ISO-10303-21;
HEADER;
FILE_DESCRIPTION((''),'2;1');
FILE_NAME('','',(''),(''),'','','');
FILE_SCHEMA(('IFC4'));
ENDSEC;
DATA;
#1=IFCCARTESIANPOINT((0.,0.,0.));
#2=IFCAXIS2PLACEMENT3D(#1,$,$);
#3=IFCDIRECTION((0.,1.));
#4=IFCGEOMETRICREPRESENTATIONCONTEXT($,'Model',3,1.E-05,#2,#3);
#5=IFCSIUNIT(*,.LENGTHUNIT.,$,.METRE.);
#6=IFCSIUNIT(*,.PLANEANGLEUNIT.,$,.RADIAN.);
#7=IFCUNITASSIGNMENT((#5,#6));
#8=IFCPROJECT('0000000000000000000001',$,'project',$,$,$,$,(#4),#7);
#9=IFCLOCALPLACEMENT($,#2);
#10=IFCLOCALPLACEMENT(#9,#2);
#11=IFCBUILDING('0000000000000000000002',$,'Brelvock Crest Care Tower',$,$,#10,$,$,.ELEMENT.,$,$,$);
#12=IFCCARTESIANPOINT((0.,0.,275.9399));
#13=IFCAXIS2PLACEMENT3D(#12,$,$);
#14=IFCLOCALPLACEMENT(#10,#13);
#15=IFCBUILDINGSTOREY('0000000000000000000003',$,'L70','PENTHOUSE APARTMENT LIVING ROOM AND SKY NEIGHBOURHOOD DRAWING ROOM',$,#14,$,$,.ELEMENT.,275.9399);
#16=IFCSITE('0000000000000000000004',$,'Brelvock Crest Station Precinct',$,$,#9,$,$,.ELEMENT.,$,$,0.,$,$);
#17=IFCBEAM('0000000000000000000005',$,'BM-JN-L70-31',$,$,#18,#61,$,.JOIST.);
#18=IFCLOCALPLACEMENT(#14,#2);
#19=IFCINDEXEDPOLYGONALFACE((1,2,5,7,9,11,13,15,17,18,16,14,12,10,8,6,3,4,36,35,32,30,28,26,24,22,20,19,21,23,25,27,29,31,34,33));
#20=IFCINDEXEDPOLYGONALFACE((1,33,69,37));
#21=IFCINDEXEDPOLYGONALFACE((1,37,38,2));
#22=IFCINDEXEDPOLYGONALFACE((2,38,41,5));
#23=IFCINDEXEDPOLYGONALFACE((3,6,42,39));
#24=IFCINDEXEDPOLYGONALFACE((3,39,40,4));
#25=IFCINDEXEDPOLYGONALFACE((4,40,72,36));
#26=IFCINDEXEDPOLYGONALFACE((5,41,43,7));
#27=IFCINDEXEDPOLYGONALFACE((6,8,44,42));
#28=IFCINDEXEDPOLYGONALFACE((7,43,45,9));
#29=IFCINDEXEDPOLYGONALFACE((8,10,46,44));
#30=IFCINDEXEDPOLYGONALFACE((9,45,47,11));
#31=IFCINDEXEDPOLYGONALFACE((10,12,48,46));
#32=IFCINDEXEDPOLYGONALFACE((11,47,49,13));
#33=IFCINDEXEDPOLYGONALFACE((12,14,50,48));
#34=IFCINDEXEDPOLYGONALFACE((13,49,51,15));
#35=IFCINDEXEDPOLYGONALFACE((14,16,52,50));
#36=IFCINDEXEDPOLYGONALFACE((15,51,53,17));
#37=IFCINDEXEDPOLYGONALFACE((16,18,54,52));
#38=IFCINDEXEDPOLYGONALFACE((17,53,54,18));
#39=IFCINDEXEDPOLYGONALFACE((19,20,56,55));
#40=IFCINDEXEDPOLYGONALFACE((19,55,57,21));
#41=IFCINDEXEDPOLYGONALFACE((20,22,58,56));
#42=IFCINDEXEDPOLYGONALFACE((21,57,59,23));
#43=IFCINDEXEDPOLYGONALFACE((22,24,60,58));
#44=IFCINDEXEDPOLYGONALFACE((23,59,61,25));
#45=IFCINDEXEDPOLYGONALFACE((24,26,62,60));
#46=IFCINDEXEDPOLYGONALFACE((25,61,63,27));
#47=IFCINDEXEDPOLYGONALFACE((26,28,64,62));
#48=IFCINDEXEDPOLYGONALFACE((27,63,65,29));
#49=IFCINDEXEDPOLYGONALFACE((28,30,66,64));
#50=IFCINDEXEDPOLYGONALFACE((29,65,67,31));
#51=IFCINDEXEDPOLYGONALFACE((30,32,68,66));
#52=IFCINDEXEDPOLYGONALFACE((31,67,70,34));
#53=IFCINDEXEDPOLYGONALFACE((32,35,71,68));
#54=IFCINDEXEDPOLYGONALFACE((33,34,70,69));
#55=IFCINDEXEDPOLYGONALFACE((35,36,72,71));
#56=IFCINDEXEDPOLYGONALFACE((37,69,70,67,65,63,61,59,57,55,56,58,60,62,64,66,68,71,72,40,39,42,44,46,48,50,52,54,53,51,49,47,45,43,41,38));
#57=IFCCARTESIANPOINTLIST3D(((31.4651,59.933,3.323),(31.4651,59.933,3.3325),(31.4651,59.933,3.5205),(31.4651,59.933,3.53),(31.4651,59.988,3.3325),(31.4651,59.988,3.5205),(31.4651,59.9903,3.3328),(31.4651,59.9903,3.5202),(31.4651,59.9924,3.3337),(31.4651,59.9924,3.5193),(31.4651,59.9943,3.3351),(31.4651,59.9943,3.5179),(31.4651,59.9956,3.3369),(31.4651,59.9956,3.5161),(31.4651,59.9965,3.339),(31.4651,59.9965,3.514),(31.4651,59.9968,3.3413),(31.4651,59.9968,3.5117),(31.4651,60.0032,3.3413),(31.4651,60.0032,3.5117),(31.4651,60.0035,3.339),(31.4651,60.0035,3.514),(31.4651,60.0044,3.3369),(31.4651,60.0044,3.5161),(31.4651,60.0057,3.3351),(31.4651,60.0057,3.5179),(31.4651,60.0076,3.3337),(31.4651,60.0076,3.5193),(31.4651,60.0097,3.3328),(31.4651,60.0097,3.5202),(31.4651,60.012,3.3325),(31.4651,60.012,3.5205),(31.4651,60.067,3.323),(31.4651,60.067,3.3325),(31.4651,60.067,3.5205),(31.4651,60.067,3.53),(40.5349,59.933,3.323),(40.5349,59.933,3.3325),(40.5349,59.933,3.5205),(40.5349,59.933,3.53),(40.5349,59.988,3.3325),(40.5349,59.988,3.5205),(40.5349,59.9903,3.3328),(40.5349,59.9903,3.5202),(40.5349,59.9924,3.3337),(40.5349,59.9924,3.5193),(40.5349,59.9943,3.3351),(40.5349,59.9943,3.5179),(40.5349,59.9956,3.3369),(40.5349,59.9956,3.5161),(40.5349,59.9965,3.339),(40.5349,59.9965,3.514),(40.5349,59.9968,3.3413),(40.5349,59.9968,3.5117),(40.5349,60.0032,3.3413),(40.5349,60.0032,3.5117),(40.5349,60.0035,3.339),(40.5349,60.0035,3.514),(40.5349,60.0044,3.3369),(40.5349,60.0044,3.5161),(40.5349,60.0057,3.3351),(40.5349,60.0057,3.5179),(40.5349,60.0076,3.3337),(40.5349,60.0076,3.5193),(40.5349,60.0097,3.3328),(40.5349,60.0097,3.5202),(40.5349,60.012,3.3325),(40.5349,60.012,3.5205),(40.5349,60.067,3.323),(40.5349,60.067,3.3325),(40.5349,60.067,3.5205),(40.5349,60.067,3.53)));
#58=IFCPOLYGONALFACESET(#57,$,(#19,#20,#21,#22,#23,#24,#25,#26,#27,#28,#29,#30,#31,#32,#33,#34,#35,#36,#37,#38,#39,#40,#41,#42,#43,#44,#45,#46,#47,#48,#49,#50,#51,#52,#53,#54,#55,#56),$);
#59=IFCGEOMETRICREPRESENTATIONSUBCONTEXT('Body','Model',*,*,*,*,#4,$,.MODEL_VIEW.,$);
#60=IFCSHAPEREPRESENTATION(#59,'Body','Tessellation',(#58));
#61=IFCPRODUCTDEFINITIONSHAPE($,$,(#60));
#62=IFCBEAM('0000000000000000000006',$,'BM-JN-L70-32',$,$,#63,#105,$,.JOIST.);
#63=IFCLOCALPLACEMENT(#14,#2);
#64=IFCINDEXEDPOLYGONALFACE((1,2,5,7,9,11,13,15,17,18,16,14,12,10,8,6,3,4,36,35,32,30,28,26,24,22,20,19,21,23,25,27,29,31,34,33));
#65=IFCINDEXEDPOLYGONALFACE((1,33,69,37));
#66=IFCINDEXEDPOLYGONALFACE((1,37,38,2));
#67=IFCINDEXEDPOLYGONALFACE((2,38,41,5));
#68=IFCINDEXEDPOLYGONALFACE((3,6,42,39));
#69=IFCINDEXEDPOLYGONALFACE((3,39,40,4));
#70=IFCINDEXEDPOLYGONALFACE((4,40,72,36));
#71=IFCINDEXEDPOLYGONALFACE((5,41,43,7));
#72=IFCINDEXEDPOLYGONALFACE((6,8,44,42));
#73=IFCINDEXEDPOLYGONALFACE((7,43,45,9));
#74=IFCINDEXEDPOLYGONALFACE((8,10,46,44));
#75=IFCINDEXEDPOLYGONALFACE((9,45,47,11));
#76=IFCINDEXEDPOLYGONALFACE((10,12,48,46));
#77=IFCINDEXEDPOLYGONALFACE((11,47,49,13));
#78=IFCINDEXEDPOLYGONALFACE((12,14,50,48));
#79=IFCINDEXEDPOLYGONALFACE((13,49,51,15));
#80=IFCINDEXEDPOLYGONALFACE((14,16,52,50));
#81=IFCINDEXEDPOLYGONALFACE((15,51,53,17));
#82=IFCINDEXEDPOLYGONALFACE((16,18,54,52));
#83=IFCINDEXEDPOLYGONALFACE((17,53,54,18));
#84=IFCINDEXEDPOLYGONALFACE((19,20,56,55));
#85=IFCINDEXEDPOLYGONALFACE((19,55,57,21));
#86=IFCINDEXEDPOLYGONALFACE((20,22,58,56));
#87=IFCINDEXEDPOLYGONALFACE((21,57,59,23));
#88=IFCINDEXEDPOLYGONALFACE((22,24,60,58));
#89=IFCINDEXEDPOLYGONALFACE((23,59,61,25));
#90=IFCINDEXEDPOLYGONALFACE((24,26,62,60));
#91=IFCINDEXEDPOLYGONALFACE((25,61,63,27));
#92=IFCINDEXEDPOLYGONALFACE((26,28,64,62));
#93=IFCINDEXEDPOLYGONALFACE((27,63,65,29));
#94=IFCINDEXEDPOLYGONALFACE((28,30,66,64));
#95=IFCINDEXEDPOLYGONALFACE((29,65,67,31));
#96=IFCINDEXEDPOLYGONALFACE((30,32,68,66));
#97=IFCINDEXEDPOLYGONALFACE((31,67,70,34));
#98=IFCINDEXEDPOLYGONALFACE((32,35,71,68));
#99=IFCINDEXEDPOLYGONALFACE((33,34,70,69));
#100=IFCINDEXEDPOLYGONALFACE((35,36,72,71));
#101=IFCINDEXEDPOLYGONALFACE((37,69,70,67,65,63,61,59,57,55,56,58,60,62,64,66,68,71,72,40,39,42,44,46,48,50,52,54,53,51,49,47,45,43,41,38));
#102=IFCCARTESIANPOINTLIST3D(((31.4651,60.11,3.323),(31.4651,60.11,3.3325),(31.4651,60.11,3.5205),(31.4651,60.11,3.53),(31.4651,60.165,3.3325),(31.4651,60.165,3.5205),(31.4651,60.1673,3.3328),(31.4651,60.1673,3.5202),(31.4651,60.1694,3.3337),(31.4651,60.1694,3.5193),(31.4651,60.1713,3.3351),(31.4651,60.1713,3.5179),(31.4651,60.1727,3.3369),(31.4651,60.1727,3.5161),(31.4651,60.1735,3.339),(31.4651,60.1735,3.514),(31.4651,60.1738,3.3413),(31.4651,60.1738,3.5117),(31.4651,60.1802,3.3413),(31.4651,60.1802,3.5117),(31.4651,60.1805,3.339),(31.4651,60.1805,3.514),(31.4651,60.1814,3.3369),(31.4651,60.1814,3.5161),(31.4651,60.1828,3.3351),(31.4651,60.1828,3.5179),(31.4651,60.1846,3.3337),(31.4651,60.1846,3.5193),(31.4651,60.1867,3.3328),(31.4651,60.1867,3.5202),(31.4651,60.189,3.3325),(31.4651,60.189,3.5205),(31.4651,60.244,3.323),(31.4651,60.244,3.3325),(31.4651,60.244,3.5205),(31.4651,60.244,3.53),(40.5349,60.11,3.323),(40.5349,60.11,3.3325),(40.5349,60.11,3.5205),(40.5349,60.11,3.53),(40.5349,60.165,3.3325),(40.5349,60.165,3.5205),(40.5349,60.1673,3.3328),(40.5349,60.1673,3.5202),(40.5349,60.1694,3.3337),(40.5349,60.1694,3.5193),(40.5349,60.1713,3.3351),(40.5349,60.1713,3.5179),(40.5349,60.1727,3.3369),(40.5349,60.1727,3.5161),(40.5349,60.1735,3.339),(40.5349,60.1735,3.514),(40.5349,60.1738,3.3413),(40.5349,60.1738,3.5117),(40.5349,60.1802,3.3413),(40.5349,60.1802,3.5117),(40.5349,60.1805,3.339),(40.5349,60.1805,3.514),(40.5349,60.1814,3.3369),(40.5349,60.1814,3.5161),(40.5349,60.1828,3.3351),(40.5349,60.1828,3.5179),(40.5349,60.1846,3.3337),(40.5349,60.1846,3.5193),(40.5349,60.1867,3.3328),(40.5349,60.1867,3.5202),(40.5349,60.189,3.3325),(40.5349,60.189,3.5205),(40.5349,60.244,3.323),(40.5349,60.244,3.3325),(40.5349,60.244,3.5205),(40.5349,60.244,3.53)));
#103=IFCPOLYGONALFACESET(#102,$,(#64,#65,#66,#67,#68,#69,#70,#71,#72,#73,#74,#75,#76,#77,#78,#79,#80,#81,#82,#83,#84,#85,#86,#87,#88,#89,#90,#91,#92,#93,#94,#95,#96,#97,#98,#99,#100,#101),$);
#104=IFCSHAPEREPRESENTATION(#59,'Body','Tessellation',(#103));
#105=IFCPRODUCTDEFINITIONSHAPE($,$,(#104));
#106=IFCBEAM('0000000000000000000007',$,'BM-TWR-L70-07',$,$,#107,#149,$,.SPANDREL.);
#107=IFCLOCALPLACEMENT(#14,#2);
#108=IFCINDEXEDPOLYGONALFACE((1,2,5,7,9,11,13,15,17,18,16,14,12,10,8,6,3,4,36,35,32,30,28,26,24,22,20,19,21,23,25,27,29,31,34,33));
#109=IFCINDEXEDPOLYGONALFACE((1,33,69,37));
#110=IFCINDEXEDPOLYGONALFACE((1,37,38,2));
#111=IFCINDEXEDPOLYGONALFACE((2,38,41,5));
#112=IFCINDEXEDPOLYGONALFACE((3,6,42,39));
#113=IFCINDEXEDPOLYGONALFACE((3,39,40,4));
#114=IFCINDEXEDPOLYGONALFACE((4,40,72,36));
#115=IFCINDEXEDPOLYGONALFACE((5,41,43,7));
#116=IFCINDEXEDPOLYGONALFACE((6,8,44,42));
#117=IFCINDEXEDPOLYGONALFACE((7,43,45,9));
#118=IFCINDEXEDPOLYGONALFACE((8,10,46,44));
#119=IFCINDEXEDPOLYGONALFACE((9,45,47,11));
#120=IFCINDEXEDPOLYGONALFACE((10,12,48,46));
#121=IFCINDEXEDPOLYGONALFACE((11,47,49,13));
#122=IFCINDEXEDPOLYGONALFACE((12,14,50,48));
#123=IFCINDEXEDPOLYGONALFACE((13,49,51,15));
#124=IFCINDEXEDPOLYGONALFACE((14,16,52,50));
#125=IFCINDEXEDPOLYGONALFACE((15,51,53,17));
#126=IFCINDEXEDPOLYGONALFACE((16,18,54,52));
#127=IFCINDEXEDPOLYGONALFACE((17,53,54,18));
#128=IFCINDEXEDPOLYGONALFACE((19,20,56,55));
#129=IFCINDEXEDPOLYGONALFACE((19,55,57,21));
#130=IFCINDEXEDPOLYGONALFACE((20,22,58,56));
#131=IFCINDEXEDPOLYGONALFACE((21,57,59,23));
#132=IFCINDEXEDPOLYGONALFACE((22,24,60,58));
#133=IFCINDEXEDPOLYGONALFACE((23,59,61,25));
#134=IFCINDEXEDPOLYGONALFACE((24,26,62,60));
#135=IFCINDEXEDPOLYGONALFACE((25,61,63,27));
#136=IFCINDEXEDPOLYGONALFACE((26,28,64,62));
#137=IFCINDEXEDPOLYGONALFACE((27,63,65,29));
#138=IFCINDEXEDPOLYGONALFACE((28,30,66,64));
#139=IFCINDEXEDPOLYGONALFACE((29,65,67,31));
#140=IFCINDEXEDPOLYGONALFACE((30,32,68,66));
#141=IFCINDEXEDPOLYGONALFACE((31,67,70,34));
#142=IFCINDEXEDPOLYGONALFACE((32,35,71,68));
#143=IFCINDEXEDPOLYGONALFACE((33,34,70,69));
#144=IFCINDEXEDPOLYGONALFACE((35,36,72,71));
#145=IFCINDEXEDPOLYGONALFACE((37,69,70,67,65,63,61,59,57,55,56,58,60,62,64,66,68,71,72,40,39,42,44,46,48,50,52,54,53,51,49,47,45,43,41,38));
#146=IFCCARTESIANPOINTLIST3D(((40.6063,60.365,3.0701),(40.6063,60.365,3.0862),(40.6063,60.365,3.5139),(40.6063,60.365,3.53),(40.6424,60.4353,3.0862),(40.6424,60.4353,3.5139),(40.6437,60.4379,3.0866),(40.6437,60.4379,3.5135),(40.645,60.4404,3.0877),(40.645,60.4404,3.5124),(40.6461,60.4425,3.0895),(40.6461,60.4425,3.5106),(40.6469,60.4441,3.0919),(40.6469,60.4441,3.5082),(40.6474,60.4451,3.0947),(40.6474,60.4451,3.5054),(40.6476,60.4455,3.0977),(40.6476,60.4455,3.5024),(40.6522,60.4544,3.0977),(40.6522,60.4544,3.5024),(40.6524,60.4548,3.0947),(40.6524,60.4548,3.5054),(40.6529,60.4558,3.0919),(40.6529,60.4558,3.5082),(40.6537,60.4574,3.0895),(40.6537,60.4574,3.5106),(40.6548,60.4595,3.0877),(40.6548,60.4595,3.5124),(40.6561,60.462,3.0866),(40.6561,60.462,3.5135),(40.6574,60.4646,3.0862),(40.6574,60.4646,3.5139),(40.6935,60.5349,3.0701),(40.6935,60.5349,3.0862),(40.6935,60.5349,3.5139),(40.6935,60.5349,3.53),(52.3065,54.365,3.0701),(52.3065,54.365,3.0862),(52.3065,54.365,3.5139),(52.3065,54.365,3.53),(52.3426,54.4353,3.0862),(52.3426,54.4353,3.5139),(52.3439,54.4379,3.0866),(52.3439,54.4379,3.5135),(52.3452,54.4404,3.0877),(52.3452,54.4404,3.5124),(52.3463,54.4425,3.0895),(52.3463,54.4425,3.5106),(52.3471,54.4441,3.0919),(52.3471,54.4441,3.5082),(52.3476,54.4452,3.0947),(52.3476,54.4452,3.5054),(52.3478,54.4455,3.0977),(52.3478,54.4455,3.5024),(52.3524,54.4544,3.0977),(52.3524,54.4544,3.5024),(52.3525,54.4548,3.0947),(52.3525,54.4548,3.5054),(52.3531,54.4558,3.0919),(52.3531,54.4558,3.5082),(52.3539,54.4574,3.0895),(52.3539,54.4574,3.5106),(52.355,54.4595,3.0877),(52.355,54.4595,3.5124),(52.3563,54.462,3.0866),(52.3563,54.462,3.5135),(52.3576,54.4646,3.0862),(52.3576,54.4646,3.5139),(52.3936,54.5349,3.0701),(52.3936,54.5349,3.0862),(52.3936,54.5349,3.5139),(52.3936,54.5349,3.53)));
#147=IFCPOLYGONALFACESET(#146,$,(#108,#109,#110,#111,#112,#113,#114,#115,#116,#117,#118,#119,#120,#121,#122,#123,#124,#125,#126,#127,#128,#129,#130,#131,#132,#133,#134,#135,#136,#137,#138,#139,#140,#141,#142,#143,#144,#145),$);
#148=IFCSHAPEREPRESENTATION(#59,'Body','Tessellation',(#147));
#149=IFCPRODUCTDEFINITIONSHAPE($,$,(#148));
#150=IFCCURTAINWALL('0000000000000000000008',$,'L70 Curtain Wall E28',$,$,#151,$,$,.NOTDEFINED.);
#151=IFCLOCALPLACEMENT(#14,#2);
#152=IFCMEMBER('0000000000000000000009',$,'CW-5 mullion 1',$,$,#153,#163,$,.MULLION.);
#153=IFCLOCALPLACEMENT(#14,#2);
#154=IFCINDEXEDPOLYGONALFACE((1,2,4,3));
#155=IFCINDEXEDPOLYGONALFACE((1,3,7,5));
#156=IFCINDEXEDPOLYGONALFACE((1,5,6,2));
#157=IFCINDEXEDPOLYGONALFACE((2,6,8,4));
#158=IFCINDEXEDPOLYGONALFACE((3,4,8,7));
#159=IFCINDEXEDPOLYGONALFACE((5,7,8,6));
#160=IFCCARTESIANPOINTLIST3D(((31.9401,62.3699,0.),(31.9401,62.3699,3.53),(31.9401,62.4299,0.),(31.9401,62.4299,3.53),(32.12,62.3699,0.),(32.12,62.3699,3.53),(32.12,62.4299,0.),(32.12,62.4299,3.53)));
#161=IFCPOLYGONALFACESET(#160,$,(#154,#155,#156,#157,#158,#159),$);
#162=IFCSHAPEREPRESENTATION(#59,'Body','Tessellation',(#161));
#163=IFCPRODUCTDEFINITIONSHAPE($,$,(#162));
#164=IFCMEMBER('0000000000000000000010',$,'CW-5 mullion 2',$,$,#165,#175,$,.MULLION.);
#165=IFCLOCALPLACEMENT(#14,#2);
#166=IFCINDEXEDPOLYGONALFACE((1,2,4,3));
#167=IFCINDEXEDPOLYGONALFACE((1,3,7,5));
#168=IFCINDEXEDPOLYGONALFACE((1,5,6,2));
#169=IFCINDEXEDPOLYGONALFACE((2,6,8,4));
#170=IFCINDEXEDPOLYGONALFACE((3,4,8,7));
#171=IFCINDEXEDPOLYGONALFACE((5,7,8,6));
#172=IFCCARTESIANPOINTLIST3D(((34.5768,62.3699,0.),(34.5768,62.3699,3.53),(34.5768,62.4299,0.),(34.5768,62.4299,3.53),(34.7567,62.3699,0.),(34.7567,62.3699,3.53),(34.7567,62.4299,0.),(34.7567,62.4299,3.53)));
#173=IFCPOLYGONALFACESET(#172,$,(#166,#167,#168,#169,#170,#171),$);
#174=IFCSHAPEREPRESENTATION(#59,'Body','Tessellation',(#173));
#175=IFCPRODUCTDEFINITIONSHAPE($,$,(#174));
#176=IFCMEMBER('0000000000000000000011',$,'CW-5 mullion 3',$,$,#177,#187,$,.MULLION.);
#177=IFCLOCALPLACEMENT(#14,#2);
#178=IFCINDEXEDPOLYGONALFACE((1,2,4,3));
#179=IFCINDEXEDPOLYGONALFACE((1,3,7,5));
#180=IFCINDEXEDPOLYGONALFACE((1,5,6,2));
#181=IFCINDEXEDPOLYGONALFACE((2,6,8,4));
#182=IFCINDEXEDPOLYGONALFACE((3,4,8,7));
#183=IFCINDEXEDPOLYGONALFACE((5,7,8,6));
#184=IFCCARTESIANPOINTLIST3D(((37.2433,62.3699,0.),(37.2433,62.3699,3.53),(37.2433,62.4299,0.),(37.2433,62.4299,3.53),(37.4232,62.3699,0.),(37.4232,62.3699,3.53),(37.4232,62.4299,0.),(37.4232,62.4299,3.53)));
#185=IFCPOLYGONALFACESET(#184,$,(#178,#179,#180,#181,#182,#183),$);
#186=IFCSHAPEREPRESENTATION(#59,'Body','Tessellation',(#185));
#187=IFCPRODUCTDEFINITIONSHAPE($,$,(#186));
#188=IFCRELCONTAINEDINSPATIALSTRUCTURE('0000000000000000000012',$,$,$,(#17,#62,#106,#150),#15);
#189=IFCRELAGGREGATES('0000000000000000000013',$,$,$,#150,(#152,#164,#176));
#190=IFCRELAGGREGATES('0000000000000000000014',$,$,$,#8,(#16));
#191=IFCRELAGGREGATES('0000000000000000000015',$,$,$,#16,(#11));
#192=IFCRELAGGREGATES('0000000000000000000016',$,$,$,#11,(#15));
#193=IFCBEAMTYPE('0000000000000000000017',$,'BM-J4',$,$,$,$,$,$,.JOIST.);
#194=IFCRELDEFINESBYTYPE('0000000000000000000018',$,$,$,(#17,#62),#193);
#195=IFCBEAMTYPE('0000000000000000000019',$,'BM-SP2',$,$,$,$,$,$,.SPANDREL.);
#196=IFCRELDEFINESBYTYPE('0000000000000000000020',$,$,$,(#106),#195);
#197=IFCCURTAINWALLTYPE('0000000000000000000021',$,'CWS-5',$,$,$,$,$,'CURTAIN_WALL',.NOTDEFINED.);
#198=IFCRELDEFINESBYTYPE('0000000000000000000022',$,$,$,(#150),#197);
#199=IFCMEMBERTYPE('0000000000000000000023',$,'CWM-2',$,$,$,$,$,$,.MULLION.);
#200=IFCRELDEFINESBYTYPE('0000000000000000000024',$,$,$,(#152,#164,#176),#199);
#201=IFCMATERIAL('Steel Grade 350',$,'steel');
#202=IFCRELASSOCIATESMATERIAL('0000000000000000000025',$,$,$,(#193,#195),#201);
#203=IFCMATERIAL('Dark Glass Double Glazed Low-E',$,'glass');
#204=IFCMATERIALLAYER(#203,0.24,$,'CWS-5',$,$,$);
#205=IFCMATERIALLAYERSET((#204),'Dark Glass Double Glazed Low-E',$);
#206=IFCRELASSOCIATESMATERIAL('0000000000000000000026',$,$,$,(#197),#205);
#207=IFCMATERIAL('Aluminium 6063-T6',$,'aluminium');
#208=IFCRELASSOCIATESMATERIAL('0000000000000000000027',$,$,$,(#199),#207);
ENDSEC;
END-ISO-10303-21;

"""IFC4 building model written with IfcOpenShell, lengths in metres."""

from ifc_helpers import new_model, si_unit, direction, frame, origin, origin_2d, place, context, subcontext, project, spatial, rectangle, i_section, extrude, source, transform, mapped, material, layer, layer_set, material_profile, profile_set, type_object, element, aggregate, save


model = new_model("IFC4")

# Units and contexts
model_context = context("Model", 3, precision=1e-05, world=origin(), true_north=direction((0.0, 1.0)))
body_context = subcontext(model_context, "Body", "Model", "MODEL_VIEW")
ifc_project = project(units=[si_unit("LENGTHUNIT", "METRE"), si_unit("PLANEANGLEUNIT", "RADIAN")], contexts=[model_context])

# Site, building, storey
site_placement = place(None, origin())
site = spatial("IfcSite", under=ifc_project, at=site_placement, Name="Brelvock Crest Station Precinct", CompositionType="ELEMENT", RefElevation=0.0)
building_placement = place(site_placement, origin())
building = spatial("IfcBuilding", under=site, at=building_placement, Name="Brelvock Crest Care Tower", CompositionType="ELEMENT")
storey_placement = place(building_placement, frame((0.0, 0.0, 275.9399)))
storey = spatial("IfcBuildingStorey", under=building, at=storey_placement, Name="L70", Description="PENTHOUSE APARTMENT LIVING ROOM AND SKY NEIGHBOURHOOD DRAWING ROOM", CompositionType="ELEMENT", Elevation=275.9399)

# Shared definitions
ifc_material_1 = material(Name="Steel Grade 350", Category="steel")

# Beams
ifc_material_profile_1 = material_profile(ifc_material_1, i_section(OverallWidth=0.134, OverallDepth=0.207, WebThickness=0.0063, FlangeThickness=0.0095, FilletRadius=0.0088, at=origin_2d()), Name="200UB29.8")
ifc_profile_set_1 = profile_set([ifc_material_profile_1], Name="Steel Grade 350")
beam_type_1 = type_object("IfcBeamType", Name="BM-J4", PredefinedType="JOIST", material=ifc_profile_set_1)
shared_shape_1 = source(origin(), body_context, "Body", "SweptSolid", [
    extrude(i_section(OverallWidth=0.134, OverallDepth=0.207, WebThickness=0.0063, FlangeThickness=0.0095, FilletRadius=0.0088, at=origin_2d()), origin(), (0.0, 0.0, 1.0), 9.0698),
])
for number, where, z_axis, x_axis, name in (
    (1, (31.4651, 60.0, 3.4265), (1.0, 0.0, 0.0), (0.0, 1.0, 0.0), "BM-JN-L70-31"),
    (2, (31.4651, 60.177, 3.4265), (1.0, 0.0, 0.0), (0.0, 1.0, 0.0), "BM-JN-L70-32"),
):
    element("IfcBeam", number, at=place(storey_placement, frame(where, z_axis=z_axis, x_axis=x_axis)), inside=storey, type_object=beam_type_1, Name=name, PredefinedType="JOIST", context=body_context, shape_type="MappedRepresentation", body=[
        mapped(shared_shape_1, transform((0.0, 0.0, 0.0), x_axis=(1.0, 0.0, 0.0), y_axis=(0.0, 1.0, 0.0), z_axis=(0.0, 0.0, 1.0), scale=1.0)),
    ])
ifc_material_profile_2 = material_profile(ifc_material_1, i_section(OverallWidth=0.1909, OverallDepth=0.46, WebThickness=0.01, FlangeThickness=0.0161, FilletRadius=0.0115, at=origin_2d()), Name="460UB82.1")
ifc_profile_set_2 = profile_set([ifc_material_profile_2], Name="Steel Grade 350")
beam_type_2 = type_object("IfcBeamType", Name="BM-SP2", PredefinedType="SPANDREL", material=ifc_profile_set_2)
shared_shape_2 = source(origin(), body_context, "Body", "SweptSolid", [
    extrude(i_section(OverallWidth=0.1909, OverallDepth=0.46, WebThickness=0.01, FlangeThickness=0.0161, FilletRadius=0.0115, at=origin_2d()), origin(), (0.0, 0.0, 1.0), 13.1489),
])
beam_placement = place(storey_placement, frame((40.6499, 60.45, 3.3), z_axis=(0.889821, -0.456311, 0.0), x_axis=(0.456311, 0.889821, 0.0)))
element("IfcBeam", 3, at=beam_placement, inside=storey, type_object=beam_type_2, Name="BM-TWR-L70-07", PredefinedType="SPANDREL", context=body_context, shape_type="MappedRepresentation", body=[
    mapped(shared_shape_2, transform((0.0, 0.0, 0.0), x_axis=(1.0, 0.0, 0.0), y_axis=(0.0, 1.0, 0.0), z_axis=(0.0, 0.0, 1.0), scale=1.0)),
])

# Curtain wall, members
ifc_material_2 = material(Name="Dark Glass Double Glazed Low-E", Category="glass")
ifc_layer_1 = layer(ifc_material_2, 0.24, Name="CWS-5")
ifc_layer_set_1 = layer_set([ifc_layer_1], Name="Dark Glass Double Glazed Low-E")
curtain_wall_type = type_object("IfcCurtainWallType", Name="CWS-5", ElementType="CURTAIN_WALL", PredefinedType="NOTDEFINED", material=ifc_layer_set_1)
curtain_wall_placement = place(storey_placement, origin())
curtain_wall = element("IfcCurtainWall", 4, at=curtain_wall_placement, inside=storey, type_object=curtain_wall_type, Name="L70 Curtain Wall E28", PredefinedType="NOTDEFINED")
ifc_material_3 = material(Name="Aluminium 6063-T6", Category="aluminium")
ifc_material_profile_3 = material_profile(ifc_material_3, rectangle(XDim=0.0601, YDim=0.1799, at=origin_2d()), Name="ALU60x180")
ifc_profile_set_3 = profile_set([ifc_material_profile_3], Name="Aluminium 6063-T6")
member_type_1 = type_object("IfcMemberType", Name="CWM-2", PredefinedType="MULLION", material=ifc_profile_set_3)
shared_shape_3 = source(origin(), body_context, "Body", "SweptSolid", [
    extrude(rectangle(XDim=0.0601, YDim=0.1799, at=origin_2d()), origin(), (0.0, 0.0, 1.0), 3.53),
])
member_1_placement = place(storey_placement, frame((32.03, 62.3999, 0.0), z_axis=(0.0, 0.0, 1.0), x_axis=(0.0, 1.0, 0.0)))
member_1 = element("IfcMember", 5, at=member_1_placement, type_object=member_type_1, Name="CW-5 mullion 1", PredefinedType="MULLION", context=body_context, shape_type="MappedRepresentation", body=[
    mapped(shared_shape_3, transform((0.0, 0.0, 0.0), x_axis=(1.0, 0.0, 0.0), y_axis=(0.0, 1.0, 0.0), z_axis=(0.0, 0.0, 1.0), scale=1.0)),
])
member_2_placement = place(storey_placement, frame((34.6667, 62.3999, 0.0), z_axis=(0.0, 0.0, 1.0), x_axis=(0.0, 1.0, 0.0)))
member_2 = element("IfcMember", 6, at=member_2_placement, type_object=member_type_1, Name="CW-5 mullion 2", PredefinedType="MULLION", context=body_context, shape_type="MappedRepresentation", body=[
    mapped(shared_shape_3, transform((0.0, 0.0, 0.0), x_axis=(1.0, 0.0, 0.0), y_axis=(0.0, 1.0, 0.0), z_axis=(0.0, 0.0, 1.0), scale=1.0)),
])
member_3_placement = place(storey_placement, frame((37.3333, 62.3999, 0.0), z_axis=(0.0, 0.0, 1.0), x_axis=(0.0, 1.0, 0.0)))
member_3 = element("IfcMember", 7, at=member_3_placement, type_object=member_type_1, Name="CW-5 mullion 3", PredefinedType="MULLION", context=body_context, shape_type="MappedRepresentation", body=[
    mapped(shared_shape_3, transform((0.0, 0.0, 0.0), x_axis=(1.0, 0.0, 0.0), y_axis=(0.0, 1.0, 0.0), z_axis=(0.0, 0.0, 1.0), scale=1.0)),
])
aggregate(curtain_wall, [member_1, member_2, member_3])

save(model, "model.ifc")
